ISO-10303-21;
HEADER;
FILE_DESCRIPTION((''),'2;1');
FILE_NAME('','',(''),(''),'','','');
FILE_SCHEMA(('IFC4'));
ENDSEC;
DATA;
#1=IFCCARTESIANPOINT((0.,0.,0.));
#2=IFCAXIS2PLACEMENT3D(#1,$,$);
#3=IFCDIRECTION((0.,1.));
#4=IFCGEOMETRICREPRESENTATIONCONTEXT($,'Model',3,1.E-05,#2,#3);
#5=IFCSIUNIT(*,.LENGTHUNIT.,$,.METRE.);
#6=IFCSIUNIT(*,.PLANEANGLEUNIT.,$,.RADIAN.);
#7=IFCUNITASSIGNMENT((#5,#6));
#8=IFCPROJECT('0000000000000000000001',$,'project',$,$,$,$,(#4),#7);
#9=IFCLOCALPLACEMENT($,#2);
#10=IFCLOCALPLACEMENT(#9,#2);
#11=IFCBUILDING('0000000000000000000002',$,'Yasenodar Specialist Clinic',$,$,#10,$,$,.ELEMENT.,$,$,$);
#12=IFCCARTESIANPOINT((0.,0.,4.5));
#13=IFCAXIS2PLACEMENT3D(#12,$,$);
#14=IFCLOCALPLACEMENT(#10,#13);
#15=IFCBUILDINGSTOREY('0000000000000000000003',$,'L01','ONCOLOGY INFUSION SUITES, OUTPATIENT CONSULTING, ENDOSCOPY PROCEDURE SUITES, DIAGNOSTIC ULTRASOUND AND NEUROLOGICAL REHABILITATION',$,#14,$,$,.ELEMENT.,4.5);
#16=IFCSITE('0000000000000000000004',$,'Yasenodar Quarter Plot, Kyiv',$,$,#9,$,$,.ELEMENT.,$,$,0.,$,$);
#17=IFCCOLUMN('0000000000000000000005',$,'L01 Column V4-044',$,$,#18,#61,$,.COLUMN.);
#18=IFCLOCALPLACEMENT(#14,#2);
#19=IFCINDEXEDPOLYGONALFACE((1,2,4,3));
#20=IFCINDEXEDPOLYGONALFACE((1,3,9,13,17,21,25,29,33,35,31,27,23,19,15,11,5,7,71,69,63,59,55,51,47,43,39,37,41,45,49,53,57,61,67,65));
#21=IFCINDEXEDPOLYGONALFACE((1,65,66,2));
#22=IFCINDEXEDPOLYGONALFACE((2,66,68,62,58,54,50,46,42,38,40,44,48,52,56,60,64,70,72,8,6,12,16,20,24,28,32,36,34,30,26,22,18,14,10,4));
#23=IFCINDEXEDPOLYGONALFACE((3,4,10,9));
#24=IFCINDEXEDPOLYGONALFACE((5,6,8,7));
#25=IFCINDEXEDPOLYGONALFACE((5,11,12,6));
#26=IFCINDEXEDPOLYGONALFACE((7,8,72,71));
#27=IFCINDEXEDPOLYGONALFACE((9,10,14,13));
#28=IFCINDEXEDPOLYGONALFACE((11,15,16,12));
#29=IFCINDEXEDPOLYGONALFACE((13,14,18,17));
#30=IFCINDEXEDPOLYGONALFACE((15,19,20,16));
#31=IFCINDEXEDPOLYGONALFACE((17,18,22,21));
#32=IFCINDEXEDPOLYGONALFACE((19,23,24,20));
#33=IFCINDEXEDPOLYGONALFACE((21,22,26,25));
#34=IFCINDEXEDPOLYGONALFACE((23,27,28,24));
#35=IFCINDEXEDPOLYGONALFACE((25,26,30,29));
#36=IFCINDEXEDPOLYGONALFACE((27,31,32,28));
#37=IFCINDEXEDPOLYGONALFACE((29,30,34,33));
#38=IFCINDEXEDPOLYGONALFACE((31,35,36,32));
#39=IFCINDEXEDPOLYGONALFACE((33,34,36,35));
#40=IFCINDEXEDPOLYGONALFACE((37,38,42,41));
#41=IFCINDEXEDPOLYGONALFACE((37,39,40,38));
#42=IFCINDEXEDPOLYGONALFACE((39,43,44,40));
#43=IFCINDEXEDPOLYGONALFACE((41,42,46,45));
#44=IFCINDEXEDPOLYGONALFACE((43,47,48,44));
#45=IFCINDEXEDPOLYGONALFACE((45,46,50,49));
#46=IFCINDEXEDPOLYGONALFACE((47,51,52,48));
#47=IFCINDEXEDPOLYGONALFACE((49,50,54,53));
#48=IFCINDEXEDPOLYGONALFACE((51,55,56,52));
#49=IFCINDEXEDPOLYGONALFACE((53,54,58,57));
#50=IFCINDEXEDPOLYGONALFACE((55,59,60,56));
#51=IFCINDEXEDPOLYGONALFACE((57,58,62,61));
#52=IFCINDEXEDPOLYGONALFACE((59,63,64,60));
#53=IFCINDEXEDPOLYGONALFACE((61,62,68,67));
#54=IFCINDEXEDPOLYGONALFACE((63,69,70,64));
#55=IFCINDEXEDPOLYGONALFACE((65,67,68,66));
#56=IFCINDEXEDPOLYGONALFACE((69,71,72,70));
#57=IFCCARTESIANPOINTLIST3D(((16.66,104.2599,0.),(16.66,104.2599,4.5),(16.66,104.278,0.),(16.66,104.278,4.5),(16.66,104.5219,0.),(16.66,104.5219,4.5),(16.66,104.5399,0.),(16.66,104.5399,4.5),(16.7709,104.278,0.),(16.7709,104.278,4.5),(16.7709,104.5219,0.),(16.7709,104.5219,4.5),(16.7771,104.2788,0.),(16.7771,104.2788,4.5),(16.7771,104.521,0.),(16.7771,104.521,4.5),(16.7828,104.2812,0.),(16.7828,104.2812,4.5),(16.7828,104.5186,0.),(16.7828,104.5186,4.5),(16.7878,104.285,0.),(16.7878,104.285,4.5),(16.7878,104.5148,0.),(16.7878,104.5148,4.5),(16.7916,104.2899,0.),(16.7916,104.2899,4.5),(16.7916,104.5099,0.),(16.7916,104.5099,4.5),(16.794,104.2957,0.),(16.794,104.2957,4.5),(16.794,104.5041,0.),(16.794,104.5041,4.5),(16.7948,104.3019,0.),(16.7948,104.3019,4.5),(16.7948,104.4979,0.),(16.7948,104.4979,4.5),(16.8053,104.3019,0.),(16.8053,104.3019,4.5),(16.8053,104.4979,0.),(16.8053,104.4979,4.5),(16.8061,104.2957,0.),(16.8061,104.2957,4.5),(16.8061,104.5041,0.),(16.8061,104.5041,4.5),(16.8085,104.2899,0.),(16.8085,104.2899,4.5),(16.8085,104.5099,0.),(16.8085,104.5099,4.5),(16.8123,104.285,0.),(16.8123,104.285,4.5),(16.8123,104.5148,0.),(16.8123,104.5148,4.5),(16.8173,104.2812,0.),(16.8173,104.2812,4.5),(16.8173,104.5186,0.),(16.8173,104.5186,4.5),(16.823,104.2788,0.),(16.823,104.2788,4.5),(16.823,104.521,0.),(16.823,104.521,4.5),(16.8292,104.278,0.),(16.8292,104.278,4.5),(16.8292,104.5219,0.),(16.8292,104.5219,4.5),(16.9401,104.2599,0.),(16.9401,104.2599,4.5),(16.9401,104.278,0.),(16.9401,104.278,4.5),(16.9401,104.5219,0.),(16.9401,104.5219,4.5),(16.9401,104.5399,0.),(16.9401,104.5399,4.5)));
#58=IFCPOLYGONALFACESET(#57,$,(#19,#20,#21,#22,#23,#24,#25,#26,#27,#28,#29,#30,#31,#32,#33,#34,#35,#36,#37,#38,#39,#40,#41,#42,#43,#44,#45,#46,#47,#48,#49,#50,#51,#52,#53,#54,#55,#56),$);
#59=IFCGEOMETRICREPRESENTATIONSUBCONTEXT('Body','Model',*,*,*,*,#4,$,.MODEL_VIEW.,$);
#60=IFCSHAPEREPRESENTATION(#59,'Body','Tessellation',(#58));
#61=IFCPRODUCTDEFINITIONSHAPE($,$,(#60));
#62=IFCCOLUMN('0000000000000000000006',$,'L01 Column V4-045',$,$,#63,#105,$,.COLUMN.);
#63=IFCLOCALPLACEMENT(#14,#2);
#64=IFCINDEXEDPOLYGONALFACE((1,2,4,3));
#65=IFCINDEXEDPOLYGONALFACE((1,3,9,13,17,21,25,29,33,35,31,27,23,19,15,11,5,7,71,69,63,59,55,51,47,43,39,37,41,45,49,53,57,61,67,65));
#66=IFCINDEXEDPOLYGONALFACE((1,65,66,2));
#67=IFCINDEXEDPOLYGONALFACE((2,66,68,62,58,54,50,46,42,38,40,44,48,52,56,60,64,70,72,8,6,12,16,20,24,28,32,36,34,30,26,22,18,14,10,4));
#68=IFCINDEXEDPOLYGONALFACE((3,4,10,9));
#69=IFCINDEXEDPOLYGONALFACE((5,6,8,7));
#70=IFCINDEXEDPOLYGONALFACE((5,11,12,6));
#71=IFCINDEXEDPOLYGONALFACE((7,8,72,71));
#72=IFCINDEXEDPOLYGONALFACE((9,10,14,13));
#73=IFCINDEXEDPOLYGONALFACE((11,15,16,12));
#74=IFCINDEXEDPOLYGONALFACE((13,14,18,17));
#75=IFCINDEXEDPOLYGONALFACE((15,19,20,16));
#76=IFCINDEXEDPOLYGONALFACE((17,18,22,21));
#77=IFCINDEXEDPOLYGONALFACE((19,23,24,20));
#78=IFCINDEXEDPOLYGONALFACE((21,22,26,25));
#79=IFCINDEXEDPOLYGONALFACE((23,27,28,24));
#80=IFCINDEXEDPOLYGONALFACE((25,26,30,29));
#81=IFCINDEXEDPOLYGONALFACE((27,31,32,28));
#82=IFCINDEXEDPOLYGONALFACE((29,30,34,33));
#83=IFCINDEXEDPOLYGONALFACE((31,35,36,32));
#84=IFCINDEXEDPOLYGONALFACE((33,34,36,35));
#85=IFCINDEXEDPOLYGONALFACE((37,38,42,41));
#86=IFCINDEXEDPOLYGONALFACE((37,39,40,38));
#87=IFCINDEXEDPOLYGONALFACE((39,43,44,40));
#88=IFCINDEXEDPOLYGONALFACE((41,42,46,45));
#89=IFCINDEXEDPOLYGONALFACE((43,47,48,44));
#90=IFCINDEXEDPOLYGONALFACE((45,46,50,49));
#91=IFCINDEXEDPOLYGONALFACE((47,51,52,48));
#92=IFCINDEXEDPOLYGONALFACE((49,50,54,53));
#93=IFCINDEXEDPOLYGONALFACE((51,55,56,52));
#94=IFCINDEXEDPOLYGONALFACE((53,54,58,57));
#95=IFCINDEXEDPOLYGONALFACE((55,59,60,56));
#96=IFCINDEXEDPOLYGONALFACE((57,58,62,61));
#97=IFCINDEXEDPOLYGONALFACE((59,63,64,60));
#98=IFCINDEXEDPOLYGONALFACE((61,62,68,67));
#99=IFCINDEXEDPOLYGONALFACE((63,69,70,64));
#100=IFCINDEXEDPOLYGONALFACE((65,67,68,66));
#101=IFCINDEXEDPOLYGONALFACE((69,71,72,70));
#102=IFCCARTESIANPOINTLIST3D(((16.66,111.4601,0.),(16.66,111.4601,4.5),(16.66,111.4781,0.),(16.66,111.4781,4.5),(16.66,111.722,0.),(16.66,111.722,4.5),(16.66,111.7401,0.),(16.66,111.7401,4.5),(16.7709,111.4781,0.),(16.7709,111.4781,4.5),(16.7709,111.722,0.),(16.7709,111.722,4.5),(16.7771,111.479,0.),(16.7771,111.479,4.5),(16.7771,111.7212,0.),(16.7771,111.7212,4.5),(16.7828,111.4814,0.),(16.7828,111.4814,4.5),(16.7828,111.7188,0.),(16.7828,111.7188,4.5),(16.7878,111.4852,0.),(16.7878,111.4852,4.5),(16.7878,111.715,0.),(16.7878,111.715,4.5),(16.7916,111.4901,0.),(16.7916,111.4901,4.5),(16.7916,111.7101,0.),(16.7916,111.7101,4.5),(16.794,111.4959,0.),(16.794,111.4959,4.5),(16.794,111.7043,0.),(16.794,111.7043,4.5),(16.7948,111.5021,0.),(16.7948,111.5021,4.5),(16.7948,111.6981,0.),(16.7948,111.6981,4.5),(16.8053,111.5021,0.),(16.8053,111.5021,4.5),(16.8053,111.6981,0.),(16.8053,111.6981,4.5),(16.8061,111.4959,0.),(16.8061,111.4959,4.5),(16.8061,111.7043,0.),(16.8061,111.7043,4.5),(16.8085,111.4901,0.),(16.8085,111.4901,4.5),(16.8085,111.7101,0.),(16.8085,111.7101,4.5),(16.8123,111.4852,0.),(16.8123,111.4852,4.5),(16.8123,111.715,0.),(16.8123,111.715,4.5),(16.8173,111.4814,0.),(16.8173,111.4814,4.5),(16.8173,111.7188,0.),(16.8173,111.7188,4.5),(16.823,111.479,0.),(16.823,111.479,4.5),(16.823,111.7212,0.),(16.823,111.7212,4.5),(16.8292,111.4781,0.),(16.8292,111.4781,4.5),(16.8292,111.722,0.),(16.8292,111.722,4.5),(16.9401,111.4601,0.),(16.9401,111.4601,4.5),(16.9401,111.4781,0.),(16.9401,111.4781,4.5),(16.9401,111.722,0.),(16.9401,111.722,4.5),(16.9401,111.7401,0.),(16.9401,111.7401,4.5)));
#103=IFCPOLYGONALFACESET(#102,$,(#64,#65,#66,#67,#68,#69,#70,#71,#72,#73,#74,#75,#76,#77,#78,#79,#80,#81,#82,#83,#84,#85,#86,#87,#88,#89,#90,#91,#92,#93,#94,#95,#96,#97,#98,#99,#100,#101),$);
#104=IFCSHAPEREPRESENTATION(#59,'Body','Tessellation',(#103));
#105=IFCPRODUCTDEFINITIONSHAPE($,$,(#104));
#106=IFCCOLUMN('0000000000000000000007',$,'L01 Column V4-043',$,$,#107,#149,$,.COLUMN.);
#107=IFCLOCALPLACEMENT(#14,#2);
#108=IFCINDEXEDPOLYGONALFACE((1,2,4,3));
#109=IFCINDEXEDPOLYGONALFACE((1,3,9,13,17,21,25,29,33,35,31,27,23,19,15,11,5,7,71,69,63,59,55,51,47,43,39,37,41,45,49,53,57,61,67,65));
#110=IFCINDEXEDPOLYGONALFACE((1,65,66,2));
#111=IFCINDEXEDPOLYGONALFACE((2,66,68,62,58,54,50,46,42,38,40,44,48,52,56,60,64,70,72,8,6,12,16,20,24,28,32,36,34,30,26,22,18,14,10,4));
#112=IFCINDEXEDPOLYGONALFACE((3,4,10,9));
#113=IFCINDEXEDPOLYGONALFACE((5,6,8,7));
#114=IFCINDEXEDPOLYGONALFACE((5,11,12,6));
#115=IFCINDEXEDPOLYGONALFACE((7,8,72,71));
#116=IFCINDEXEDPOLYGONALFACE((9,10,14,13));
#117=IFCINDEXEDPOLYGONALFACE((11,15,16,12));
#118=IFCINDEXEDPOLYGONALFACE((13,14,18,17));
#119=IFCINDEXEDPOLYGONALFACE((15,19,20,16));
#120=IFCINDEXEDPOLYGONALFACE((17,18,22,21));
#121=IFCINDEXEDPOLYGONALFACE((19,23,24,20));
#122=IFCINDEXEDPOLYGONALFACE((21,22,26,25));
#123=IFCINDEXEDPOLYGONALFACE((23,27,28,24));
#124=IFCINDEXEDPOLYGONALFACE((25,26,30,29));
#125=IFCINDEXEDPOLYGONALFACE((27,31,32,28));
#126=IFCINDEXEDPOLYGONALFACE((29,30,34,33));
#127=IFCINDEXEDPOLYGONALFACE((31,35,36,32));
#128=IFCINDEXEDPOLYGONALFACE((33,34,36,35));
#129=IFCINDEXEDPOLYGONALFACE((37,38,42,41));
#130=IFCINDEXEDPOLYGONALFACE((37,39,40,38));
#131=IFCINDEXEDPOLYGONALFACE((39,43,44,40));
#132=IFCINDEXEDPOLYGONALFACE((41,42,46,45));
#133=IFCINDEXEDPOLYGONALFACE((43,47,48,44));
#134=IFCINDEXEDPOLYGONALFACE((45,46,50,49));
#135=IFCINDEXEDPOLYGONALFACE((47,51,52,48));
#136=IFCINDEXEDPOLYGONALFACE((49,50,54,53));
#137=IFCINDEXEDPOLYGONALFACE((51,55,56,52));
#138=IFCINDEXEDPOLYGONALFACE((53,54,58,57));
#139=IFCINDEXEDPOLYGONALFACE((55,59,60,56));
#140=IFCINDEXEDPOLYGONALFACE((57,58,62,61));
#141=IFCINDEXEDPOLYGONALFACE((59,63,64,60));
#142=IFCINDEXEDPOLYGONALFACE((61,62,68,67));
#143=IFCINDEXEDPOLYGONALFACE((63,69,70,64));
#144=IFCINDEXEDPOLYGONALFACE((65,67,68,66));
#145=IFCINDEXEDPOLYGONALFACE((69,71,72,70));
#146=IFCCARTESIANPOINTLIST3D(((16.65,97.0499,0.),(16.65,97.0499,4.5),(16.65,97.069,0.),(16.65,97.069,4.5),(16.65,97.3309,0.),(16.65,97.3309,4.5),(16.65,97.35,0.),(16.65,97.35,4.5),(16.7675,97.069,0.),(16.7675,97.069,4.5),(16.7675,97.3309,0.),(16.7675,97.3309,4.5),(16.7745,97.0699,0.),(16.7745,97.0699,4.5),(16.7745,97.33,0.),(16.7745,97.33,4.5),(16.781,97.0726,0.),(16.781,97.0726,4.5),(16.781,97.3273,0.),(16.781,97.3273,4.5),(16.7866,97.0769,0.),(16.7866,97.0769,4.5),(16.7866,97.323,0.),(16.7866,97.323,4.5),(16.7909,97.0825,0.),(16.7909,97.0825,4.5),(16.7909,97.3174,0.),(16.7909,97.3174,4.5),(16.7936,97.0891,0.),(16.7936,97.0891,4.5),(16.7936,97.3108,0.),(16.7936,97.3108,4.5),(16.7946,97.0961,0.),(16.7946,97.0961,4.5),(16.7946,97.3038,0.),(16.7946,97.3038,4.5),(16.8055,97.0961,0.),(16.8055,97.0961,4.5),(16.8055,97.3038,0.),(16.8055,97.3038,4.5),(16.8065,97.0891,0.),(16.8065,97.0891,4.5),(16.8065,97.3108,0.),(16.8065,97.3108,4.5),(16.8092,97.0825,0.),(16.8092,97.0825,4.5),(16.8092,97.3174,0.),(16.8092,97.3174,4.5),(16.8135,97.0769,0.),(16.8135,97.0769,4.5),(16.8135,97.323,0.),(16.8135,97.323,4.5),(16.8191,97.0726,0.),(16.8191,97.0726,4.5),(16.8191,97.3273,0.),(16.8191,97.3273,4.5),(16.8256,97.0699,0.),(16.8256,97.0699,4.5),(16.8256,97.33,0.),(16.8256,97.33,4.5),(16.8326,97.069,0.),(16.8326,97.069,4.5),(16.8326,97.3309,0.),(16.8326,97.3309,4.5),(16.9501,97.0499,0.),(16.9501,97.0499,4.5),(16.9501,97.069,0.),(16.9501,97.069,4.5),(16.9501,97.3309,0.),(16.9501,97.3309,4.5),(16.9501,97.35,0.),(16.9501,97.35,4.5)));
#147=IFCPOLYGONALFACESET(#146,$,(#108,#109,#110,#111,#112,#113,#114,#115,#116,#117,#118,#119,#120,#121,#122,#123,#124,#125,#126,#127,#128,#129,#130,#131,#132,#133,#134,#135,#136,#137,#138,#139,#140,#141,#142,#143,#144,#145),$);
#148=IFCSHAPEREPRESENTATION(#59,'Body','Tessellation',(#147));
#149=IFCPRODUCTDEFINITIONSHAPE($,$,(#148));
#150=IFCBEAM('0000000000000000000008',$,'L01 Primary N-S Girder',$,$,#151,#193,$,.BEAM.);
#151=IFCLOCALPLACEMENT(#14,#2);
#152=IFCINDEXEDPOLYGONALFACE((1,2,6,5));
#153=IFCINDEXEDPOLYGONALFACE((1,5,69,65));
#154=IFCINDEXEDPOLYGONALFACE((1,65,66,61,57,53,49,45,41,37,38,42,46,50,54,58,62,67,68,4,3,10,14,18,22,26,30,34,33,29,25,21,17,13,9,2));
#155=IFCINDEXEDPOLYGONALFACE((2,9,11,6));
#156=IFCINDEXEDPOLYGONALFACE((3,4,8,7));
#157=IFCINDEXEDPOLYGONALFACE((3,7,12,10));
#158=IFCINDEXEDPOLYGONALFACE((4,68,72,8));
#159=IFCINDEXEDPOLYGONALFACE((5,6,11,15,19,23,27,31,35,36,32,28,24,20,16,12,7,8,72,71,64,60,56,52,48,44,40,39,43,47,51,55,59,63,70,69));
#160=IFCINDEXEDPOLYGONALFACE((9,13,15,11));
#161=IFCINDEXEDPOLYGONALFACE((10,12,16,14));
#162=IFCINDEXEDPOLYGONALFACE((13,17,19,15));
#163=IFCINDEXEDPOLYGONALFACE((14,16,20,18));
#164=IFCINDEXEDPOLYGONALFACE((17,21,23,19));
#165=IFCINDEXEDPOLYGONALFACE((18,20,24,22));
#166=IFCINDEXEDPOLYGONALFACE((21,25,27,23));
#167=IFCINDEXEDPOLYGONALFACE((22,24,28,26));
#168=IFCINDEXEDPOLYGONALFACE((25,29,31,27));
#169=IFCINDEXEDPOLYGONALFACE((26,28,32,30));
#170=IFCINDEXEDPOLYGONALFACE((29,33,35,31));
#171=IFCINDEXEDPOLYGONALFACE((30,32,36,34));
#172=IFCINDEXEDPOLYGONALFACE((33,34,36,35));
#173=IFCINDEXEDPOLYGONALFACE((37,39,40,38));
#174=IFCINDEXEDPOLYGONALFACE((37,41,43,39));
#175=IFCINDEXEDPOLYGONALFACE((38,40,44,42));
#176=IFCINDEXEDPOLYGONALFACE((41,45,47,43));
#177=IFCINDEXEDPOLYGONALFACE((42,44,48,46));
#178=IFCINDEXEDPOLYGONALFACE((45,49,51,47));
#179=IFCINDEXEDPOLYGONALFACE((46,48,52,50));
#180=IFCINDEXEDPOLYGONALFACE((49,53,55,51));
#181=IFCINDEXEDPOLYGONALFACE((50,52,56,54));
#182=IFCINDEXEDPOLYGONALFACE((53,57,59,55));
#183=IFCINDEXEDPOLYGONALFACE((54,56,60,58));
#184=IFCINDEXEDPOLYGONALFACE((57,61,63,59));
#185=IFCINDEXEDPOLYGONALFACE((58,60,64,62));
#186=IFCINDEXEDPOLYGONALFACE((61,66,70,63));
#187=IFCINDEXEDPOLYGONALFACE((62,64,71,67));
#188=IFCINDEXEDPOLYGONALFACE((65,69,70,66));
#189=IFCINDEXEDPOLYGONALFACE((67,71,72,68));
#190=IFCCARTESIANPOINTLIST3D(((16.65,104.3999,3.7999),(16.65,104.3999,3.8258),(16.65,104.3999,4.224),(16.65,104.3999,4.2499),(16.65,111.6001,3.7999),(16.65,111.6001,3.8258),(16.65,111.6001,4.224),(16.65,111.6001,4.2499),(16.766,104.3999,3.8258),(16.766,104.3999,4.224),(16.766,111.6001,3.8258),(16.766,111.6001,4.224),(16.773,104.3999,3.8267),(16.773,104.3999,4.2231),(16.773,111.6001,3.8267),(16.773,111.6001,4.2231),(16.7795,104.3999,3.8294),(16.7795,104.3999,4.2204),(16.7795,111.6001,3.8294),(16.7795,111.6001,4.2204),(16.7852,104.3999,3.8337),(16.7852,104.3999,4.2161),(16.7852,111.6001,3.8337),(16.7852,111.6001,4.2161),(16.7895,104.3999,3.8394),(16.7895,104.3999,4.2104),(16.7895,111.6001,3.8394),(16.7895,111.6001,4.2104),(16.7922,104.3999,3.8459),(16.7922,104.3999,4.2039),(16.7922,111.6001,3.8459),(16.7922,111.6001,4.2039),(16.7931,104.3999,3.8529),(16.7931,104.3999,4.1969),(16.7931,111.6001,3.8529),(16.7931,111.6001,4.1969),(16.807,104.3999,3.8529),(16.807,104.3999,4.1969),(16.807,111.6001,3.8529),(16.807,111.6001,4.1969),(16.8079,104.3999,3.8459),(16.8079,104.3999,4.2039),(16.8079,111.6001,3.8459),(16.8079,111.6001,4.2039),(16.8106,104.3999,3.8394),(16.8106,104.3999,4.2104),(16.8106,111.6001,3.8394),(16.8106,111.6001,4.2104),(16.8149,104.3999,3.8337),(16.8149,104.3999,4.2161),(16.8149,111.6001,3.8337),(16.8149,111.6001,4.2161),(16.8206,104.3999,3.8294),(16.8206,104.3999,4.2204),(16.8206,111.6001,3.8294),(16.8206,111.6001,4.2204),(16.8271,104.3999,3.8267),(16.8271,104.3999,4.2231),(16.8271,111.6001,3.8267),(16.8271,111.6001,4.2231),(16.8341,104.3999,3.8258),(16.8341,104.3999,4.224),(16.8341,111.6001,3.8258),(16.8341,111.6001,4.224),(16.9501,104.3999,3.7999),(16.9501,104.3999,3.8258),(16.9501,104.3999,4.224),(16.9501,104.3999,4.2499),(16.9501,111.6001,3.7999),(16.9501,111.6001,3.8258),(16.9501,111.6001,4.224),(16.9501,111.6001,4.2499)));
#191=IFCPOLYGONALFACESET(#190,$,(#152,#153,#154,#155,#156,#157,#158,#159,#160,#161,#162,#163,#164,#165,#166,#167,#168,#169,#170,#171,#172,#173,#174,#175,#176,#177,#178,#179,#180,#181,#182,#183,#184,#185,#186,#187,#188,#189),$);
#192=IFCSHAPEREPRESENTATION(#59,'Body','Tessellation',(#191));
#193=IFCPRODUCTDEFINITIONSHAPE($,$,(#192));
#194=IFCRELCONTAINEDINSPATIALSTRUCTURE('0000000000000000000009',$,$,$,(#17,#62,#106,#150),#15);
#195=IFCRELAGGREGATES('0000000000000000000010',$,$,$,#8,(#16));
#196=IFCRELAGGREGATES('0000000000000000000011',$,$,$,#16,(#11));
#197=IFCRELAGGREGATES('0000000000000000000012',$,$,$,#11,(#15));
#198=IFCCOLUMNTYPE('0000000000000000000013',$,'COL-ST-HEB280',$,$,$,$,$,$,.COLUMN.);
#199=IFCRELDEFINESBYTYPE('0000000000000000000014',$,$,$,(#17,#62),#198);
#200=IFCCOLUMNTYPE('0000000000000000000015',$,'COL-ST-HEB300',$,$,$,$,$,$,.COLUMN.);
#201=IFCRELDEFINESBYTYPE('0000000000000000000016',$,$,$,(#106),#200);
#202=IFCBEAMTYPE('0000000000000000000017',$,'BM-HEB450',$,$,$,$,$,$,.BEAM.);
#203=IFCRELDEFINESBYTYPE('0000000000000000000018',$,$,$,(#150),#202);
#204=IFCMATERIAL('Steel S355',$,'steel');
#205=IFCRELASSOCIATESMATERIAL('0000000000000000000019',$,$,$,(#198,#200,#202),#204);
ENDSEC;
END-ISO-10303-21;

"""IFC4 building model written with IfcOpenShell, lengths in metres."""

from ifc_helpers import new_model, si_unit, direction, frame, origin, origin_2d, place, context, subcontext, project, spatial, i_section, extrude, material, material_profile, profile_set, type_object, element, save


model = new_model("IFC4")

# Units and contexts
model_context = context("Model", 3, precision=1e-05, world=origin(), true_north=direction((0.0, 1.0)))
body_context = subcontext(model_context, "Body", "Model", "MODEL_VIEW")
ifc_project = project(units=[si_unit("LENGTHUNIT", "METRE"), si_unit("PLANEANGLEUNIT", "RADIAN")], contexts=[model_context])

# Site, building, storey
site_placement = place(None, origin())
site = spatial("IfcSite", under=ifc_project, at=site_placement, Name="Yasenodar Quarter Plot, Kyiv", CompositionType="ELEMENT", RefElevation=0.0)
building_placement = place(site_placement, origin())
building = spatial("IfcBuilding", under=site, at=building_placement, Name="Yasenodar Specialist Clinic", CompositionType="ELEMENT")
storey_placement = place(building_placement, frame((0.0, 0.0, 4.5)))
storey = spatial("IfcBuildingStorey", under=building, at=storey_placement, Name="L01", Description="ONCOLOGY INFUSION SUITES, OUTPATIENT CONSULTING, ENDOSCOPY PROCEDURE SUITES, DIAGNOSTIC ULTRASOUND AND NEUROLOGICAL REHABILITATION", CompositionType="ELEMENT", Elevation=4.5)

# Columns
ifc_material_1 = material(Name="Steel S355", Category="steel")
ifc_material_profile_1 = material_profile(ifc_material_1, i_section(OverallWidth=0.28, OverallDepth=0.28, WebThickness=0.0105, FlangeThickness=0.0181, FilletRadius=0.0239, at=origin_2d()), Name="HEB 280")
ifc_profile_set_1 = profile_set([ifc_material_profile_1], Name="Steel S355")
column_type_1 = type_object("IfcColumnType", Name="COL-ST-HEB280", PredefinedType="COLUMN", material=ifc_profile_set_1)
for number, where, z_axis, x_axis, name in (
    (1, (16.8, 104.3999, 0.0), (0.0, 0.0, 1.0), (1.0, 0.0, 0.0), "L01 Column V4-044"),
    (2, (16.8, 111.6001, 0.0), (0.0, 0.0, 1.0), (1.0, 0.0, 0.0), "L01 Column V4-045"),
):
    element("IfcColumn", number, at=place(storey_placement, frame(where, z_axis=z_axis, x_axis=x_axis)), inside=storey, type_object=column_type_1, Name=name, PredefinedType="COLUMN", context=body_context, shape_type="SweptSolid", body=[
        extrude(i_section(OverallWidth=0.28, OverallDepth=0.28, WebThickness=0.0105, FlangeThickness=0.0181, FilletRadius=0.0239, at=origin_2d()), origin(), (0.0, 0.0, 1.0), 4.5),
    ])
ifc_material_profile_2 = material_profile(ifc_material_1, i_section(OverallWidth=0.3, OverallDepth=0.3, WebThickness=0.011, FlangeThickness=0.019, FilletRadius=0.0271, at=origin_2d()), Name="HEB 300")
ifc_profile_set_2 = profile_set([ifc_material_profile_2], Name="Steel S355")
column_type_2 = type_object("IfcColumnType", Name="COL-ST-HEB300", PredefinedType="COLUMN", material=ifc_profile_set_2)
column_placement = place(storey_placement, frame((16.8, 97.2, 0.0), z_axis=(0.0, 0.0, 1.0), x_axis=(1.0, 0.0, 0.0)))
element("IfcColumn", 3, at=column_placement, inside=storey, type_object=column_type_2, Name="L01 Column V4-043", PredefinedType="COLUMN", context=body_context, shape_type="SweptSolid", body=[
    extrude(i_section(OverallWidth=0.3, OverallDepth=0.3, WebThickness=0.011, FlangeThickness=0.019, FilletRadius=0.0271, at=origin_2d()), origin(), (0.0, 0.0, 1.0), 4.5),
])

# Beam
ifc_material_profile_3 = material_profile(ifc_material_1, i_section(OverallWidth=0.3, OverallDepth=0.45, WebThickness=0.0139, FlangeThickness=0.0259, FilletRadius=0.0271, at=origin_2d()), Name="HEB 450")
ifc_profile_set_3 = profile_set([ifc_material_profile_3], Name="Steel S355")
beam_type_1 = type_object("IfcBeamType", Name="BM-HEB450", PredefinedType="BEAM", material=ifc_profile_set_3)
beam_1_placement = place(storey_placement, frame((16.8, 104.3999, 4.0249), z_axis=(0.0, 1.0, 0.0), x_axis=(-1.0, 0.0, 0.0)))
element("IfcBeam", 4, at=beam_1_placement, inside=storey, type_object=beam_type_1, Name="L01 Primary N-S Girder", PredefinedType="BEAM", context=body_context, shape_type="SweptSolid", body=[
    extrude(i_section(OverallWidth=0.3, OverallDepth=0.45, WebThickness=0.0139, FlangeThickness=0.0259, FilletRadius=0.0271, at=origin_2d()), origin(), (0.0, 0.0, 1.0), 7.2002),
])

save(model, "model.ifc")
